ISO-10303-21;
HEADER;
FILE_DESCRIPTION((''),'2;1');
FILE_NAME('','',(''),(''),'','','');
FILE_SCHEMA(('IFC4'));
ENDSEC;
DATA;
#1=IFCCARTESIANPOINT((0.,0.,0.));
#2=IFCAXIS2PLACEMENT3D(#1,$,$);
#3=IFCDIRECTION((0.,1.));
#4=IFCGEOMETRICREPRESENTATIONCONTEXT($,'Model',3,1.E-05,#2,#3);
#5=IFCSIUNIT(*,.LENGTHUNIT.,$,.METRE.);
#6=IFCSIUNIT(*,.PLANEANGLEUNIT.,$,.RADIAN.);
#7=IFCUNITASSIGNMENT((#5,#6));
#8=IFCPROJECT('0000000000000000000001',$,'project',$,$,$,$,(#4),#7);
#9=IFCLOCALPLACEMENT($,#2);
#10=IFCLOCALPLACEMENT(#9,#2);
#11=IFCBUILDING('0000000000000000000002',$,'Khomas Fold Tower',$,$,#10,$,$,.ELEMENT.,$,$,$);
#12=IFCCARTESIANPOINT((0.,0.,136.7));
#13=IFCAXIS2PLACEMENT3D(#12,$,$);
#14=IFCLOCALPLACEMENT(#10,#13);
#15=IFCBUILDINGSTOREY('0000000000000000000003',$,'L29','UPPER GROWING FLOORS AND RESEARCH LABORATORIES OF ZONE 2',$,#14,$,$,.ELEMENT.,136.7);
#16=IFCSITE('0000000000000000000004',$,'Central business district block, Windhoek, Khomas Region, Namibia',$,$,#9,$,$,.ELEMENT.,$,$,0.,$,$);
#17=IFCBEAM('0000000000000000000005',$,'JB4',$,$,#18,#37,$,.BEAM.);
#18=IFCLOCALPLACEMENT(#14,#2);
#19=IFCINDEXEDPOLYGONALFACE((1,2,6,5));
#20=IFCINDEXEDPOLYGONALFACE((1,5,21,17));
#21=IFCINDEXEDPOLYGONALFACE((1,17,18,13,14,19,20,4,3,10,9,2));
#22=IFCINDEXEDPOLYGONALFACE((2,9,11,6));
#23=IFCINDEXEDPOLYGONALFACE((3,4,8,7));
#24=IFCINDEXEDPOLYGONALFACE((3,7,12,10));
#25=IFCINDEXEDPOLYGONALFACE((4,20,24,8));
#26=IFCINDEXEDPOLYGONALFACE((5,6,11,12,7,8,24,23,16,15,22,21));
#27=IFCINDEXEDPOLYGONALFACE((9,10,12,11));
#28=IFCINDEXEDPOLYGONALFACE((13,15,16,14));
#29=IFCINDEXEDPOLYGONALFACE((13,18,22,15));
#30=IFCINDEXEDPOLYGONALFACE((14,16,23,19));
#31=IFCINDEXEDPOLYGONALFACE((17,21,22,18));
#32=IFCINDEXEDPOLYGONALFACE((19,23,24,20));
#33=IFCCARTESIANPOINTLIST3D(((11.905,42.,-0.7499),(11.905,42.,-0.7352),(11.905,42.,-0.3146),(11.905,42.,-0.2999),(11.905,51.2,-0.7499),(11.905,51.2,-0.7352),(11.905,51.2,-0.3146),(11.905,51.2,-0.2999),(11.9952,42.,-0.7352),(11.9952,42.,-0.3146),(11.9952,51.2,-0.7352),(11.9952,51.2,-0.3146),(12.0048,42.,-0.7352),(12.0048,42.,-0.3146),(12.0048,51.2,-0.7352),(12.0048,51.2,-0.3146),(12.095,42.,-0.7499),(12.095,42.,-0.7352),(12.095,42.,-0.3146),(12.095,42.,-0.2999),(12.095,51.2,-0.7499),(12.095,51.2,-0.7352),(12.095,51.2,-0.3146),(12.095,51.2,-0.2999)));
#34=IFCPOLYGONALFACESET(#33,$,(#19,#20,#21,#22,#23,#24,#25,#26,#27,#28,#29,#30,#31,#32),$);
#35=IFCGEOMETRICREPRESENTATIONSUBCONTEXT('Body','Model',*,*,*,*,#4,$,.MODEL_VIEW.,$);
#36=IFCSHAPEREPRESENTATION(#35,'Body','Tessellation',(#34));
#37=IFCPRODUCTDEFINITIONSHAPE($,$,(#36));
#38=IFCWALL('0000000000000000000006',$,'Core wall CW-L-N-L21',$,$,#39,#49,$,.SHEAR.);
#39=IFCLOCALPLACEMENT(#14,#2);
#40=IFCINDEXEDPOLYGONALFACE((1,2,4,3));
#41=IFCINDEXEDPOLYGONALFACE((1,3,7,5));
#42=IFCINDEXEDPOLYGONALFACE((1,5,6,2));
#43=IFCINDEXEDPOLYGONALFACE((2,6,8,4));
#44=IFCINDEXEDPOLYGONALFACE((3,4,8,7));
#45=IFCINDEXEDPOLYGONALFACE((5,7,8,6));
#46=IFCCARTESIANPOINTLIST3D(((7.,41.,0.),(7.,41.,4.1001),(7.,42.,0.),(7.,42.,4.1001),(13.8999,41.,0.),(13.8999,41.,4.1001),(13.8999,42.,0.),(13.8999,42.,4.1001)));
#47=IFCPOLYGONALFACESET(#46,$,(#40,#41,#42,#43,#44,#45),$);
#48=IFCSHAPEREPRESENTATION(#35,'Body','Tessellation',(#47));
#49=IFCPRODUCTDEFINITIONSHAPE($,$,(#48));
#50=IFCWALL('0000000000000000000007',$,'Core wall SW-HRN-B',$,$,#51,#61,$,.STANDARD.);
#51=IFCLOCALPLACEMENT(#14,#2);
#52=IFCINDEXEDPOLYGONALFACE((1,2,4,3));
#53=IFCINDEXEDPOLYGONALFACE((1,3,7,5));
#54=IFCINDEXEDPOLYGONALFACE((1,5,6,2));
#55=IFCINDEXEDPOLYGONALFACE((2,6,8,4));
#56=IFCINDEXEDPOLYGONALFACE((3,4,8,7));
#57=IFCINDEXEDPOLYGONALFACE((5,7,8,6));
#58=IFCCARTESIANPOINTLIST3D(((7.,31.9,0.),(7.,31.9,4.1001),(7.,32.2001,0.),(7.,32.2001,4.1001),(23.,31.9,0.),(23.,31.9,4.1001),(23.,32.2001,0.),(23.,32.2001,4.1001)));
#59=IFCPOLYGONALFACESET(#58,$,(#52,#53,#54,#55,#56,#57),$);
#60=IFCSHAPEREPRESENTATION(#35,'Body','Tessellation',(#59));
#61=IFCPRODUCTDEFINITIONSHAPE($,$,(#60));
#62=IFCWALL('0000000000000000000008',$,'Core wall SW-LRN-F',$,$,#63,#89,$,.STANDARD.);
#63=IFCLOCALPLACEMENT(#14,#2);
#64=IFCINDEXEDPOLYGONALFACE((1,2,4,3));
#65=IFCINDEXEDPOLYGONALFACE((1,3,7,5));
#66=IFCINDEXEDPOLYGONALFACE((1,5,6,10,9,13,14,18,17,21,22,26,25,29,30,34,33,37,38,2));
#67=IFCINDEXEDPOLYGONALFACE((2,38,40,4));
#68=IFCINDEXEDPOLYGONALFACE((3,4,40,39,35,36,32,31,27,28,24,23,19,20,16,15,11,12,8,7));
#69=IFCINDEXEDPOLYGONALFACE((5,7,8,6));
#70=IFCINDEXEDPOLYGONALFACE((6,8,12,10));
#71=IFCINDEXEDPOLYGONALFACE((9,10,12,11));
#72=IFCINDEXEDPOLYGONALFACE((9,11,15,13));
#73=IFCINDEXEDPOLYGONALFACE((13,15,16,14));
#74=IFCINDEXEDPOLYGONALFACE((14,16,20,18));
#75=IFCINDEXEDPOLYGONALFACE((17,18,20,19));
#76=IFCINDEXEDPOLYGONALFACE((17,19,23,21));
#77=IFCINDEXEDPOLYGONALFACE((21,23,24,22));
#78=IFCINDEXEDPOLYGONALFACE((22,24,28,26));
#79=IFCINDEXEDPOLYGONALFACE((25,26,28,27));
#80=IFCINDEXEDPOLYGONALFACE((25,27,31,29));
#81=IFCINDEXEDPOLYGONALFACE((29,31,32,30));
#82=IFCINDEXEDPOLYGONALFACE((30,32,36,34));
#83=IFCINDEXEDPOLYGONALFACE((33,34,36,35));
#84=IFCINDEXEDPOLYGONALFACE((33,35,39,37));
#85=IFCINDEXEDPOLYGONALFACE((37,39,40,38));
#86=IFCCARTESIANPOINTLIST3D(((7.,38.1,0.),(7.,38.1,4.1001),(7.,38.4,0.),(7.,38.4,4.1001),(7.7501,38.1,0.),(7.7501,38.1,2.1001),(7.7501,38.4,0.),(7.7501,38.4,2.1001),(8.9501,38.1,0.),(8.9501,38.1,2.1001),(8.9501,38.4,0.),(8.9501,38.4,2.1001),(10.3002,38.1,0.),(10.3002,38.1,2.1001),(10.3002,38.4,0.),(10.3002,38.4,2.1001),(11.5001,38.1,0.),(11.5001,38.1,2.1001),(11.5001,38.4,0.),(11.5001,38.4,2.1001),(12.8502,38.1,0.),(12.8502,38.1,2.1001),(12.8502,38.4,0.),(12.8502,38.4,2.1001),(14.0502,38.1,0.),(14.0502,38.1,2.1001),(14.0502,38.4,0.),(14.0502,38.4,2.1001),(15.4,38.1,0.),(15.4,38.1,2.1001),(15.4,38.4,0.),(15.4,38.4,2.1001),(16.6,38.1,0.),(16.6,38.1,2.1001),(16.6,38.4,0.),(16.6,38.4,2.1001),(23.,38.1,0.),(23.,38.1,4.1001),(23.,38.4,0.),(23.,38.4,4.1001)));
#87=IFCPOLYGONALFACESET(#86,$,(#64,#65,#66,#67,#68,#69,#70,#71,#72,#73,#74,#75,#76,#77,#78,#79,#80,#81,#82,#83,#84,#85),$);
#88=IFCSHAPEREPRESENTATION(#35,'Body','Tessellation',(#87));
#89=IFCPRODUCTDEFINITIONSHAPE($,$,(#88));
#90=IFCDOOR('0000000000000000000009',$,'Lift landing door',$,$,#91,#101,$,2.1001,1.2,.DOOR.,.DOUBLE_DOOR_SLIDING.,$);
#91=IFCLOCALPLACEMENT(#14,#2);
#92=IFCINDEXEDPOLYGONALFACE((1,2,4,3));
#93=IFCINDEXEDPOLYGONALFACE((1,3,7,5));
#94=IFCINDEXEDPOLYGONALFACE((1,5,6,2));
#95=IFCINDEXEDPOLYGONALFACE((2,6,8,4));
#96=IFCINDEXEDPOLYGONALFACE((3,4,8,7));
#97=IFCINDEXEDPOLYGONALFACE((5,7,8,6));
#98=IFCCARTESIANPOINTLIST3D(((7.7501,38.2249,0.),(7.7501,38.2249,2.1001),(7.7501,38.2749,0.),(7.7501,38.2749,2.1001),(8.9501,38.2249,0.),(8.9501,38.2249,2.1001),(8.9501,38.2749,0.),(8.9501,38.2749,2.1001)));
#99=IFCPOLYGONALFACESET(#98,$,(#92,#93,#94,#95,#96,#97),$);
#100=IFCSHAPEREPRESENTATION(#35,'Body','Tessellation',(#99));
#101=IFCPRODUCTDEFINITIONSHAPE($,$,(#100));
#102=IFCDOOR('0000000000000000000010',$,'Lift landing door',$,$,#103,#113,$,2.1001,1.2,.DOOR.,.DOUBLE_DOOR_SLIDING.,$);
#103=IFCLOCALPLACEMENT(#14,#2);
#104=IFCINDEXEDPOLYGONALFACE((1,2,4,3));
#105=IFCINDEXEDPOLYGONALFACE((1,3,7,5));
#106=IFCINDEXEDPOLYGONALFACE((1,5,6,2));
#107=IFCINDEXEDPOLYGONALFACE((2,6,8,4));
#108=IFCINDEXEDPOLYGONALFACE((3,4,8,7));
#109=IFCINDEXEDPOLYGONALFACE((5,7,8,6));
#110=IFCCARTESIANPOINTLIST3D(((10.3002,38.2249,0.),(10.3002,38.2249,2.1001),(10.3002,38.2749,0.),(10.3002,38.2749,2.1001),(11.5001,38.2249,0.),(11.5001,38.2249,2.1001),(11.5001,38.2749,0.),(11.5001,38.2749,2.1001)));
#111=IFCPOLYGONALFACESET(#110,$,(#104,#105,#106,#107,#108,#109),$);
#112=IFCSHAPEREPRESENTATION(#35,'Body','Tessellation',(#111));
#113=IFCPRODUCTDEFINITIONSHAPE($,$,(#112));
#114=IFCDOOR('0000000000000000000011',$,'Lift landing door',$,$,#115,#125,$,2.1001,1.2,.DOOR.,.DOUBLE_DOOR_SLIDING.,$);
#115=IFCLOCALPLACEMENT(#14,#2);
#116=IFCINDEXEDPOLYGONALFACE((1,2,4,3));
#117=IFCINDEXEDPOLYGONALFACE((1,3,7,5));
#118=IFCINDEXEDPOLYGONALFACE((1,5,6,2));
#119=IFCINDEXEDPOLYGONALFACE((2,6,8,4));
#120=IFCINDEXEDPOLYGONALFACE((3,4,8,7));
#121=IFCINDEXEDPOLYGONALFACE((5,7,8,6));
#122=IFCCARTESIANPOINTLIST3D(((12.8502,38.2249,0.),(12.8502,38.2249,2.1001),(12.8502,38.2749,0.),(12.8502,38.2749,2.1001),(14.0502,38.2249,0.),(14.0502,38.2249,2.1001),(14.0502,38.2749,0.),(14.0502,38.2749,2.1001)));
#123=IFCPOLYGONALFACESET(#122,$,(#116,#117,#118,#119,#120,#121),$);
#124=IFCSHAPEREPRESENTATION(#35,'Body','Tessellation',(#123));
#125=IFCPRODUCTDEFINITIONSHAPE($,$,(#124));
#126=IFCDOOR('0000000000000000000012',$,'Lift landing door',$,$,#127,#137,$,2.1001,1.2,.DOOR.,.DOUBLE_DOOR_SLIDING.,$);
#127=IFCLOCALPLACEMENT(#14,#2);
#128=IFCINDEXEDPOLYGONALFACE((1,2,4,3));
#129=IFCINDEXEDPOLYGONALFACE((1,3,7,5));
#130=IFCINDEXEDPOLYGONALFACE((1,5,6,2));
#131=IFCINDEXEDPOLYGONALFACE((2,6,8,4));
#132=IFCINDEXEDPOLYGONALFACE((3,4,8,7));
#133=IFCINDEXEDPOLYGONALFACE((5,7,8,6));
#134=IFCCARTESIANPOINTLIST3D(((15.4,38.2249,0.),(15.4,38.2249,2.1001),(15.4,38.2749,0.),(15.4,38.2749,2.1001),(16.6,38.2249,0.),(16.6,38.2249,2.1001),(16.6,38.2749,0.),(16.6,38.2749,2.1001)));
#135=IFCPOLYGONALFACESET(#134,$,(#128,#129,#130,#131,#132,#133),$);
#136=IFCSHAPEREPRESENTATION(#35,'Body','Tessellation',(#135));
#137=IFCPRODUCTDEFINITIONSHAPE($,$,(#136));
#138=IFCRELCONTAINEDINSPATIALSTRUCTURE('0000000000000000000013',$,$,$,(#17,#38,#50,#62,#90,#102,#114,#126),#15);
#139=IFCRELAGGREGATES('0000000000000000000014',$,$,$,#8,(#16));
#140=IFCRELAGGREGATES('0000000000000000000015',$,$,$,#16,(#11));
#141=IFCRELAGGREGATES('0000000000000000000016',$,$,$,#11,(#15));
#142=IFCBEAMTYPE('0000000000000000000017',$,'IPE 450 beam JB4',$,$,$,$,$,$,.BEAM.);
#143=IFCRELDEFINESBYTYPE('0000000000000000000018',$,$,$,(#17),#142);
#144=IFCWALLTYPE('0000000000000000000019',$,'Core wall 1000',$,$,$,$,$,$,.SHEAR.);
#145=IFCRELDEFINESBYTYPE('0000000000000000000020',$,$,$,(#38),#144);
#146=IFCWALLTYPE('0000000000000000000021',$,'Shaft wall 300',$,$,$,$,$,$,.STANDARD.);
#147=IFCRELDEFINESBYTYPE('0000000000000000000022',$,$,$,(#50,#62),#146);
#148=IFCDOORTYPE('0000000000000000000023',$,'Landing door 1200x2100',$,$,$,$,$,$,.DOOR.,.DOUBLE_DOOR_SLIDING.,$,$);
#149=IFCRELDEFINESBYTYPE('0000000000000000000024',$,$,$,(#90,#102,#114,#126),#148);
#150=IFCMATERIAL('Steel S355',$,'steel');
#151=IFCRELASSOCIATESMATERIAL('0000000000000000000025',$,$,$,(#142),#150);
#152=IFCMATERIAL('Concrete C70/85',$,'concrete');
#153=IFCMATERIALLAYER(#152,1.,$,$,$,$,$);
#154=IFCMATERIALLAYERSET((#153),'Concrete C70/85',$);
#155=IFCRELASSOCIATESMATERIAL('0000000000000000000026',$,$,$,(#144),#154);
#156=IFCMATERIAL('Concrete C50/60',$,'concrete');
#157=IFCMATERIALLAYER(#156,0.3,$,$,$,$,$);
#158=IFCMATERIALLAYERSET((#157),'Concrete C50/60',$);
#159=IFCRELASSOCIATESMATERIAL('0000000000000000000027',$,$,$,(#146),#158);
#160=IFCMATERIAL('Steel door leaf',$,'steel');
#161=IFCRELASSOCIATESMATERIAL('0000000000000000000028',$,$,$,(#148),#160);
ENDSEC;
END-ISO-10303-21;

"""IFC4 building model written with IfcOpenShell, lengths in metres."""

from ifc_helpers import new_model, si_unit, direction, frame, frame_2d, origin, origin_2d, place, context, subcontext, project, spatial, rectangle, i_section, extrude, source, transform, mapped, material, layer, layer_set, material_profile, profile_set, type_object, element, fill, save


model = new_model("IFC4")

# Units and contexts
model_context = context("Model", 3, precision=1e-05, world=origin(), true_north=direction((0.0, 1.0)))
body_context = subcontext(model_context, "Body", "Model", "MODEL_VIEW")
ifc_project = project(units=[si_unit("LENGTHUNIT", "METRE"), si_unit("PLANEANGLEUNIT", "RADIAN")], contexts=[model_context])

# Site, building, storey
site_placement = place(None, origin())
site = spatial("IfcSite", under=ifc_project, at=site_placement, Name="Central business district block, Windhoek, Khomas Region, Namibia", CompositionType="ELEMENT", RefElevation=0.0)
building_placement = place(site_placement, origin())
building = spatial("IfcBuilding", under=site, at=building_placement, Name="Khomas Fold Tower", CompositionType="ELEMENT")
storey_placement = place(building_placement, frame((0.0, 0.0, 136.7)))
storey = spatial("IfcBuildingStorey", under=building, at=storey_placement, Name="L29", Description="UPPER GROWING FLOORS AND RESEARCH LABORATORIES OF ZONE 2", CompositionType="ELEMENT", Elevation=136.7)

# Beam
ifc_material_1 = material(Name="Steel S355", Category="steel")
ifc_material_profile = material_profile(ifc_material_1, i_section(OverallWidth=0.1899, OverallDepth=0.45, WebThickness=0.0095, FlangeThickness=0.0146, at=origin_2d()), Name="IPE 450")
ifc_profile_set = profile_set([ifc_material_profile], Name="Steel S355")
beam_type = type_object("IfcBeamType", Name="IPE 450 beam JB4", PredefinedType="BEAM", material=ifc_profile_set)
shared_shape_1 = source(origin(), body_context, "Body", "SweptSolid", [
    extrude(i_section(OverallWidth=0.1899, OverallDepth=0.45, WebThickness=0.0095, FlangeThickness=0.0146, at=origin_2d()), origin(), (0.0, 0.0, 1.0), 9.2),
])
beam_placement = place(storey_placement, frame((12.0, 42.0, -0.5249), z_axis=(0.0, 1.0, 0.0), x_axis=(-1.0, 0.0, 0.0)))
element("IfcBeam", 1, at=beam_placement, inside=storey, type_object=beam_type, Name="JB4", PredefinedType="BEAM", context=body_context, shape_type="MappedRepresentation", body=[
    mapped(shared_shape_1, transform((0.0, 0.0, 0.0))),
])

# Walls
ifc_material_2 = material(Name="Concrete C70/85", Category="concrete")
ifc_layer_1 = layer(ifc_material_2, 1.0)
ifc_layer_set_1 = layer_set([ifc_layer_1], Name="Concrete C70/85")
wall_type_1 = type_object("IfcWallType", Name="Core wall 1000", PredefinedType="SHEAR", material=ifc_layer_set_1)
shared_shape_2 = source(origin(), body_context, "Body", "SweptSolid", [
    extrude(rectangle(XDim=6.8999, YDim=1.0, at=frame_2d((3.45, 0.0))), origin(), (0.0, 0.0, 1.0), 4.1001),
])
wall_1_placement = place(storey_placement, frame((7.0, 41.5, 0.0), z_axis=(0.0, 0.0, 1.0), x_axis=(1.0, 0.0, 0.0)))
element("IfcWall", 2, at=wall_1_placement, inside=storey, type_object=wall_type_1, Name="Core wall CW-L-N-L21", PredefinedType="SHEAR", context=body_context, shape_type="MappedRepresentation", body=[
    mapped(shared_shape_2, transform((0.0, 0.0, 0.0))),
])
ifc_material_3 = material(Name="Concrete C50/60", Category="concrete")
ifc_layer_2 = layer(ifc_material_3, 0.3)
ifc_layer_set_2 = layer_set([ifc_layer_2], Name="Concrete C50/60")
wall_type_2 = type_object("IfcWallType", Name="Shaft wall 300", PredefinedType="STANDARD", material=ifc_layer_set_2)
shared_shape_3 = source(origin(), body_context, "Body", "SweptSolid", [
    extrude(rectangle(XDim=16.0, YDim=0.3, at=frame_2d((8.0, 0.0))), origin(), (0.0, 0.0, 1.0), 4.1001),
])
wall_2_placement = place(storey_placement, frame((7.0, 32.05, 0.0), z_axis=(0.0, 0.0, 1.0), x_axis=(1.0, 0.0, 0.0)))
element("IfcWall", 3, at=wall_2_placement, inside=storey, type_object=wall_type_2, Name="Core wall SW-HRN-B", PredefinedType="STANDARD", context=body_context, shape_type="MappedRepresentation", body=[
    mapped(shared_shape_3, transform((0.0, 0.0, 0.0))),
])

# Wall, openings, doors
wall_3_placement = place(storey_placement, frame((7.0, 38.25, 0.0), z_axis=(0.0, 0.0, 1.0), x_axis=(1.0, 0.0, 0.0)))
wall_3 = element("IfcWall", 4, at=wall_3_placement, inside=storey, type_object=wall_type_2, Name="Core wall SW-LRN-F", PredefinedType="STANDARD", context=body_context, shape_type="MappedRepresentation", body=[
    mapped(shared_shape_3, transform((0.0, 0.0, 0.0))),
])
shared_shape_4 = source(origin(), body_context, "Body", "SweptSolid", [
    extrude(rectangle(XDim=1.2, YDim=2.1001, at=frame_2d((0.6001, 1.05))), frame((0.0, 0.1599, 0.0), z_axis=(0.0, -1.0, 0.0), x_axis=(1.0, 0.0, 0.0)), (0.0, 0.0, 1.0), 0.3201),
])
opening_1_placement = place(wall_3_placement, frame((0.75, 0.0, 0.0)))
opening_1 = element("IfcOpeningElement", 5, at=opening_1_placement, cuts=wall_3, PredefinedType="OPENING", context=body_context, shape_type="MappedRepresentation", body=[
    mapped(shared_shape_4, transform((0.0, 0.0, 0.0))),
])
opening_2_placement = place(wall_3_placement, frame((3.3, 0.0, 0.0)))
opening_2 = element("IfcOpeningElement", 6, at=opening_2_placement, cuts=wall_3, PredefinedType="OPENING", context=body_context, shape_type="MappedRepresentation", body=[
    mapped(shared_shape_4, transform((0.0, 0.0, 0.0))),
])
opening_3_placement = place(wall_3_placement, frame((5.8501, 0.0, 0.0)))
opening_3 = element("IfcOpeningElement", 7, at=opening_3_placement, cuts=wall_3, PredefinedType="OPENING", context=body_context, shape_type="MappedRepresentation", body=[
    mapped(shared_shape_4, transform((0.0, 0.0, 0.0))),
])
opening_4_placement = place(wall_3_placement, frame((8.3999, 0.0, 0.0)))
opening_4 = element("IfcOpeningElement", 8, at=opening_4_placement, cuts=wall_3, PredefinedType="OPENING", context=body_context, shape_type="MappedRepresentation", body=[
    mapped(shared_shape_4, transform((0.0, 0.0, 0.0))),
])
ifc_material_4 = material(Name="Steel door leaf", Category="steel")
door_type_1 = type_object("IfcDoorType", Name="Landing door 1200x2100", OperationType="DOUBLE_DOOR_SLIDING", PredefinedType="DOOR", material=ifc_material_4)
shared_shape_5 = source(origin(), body_context, "Body", "SweptSolid", [
    extrude(rectangle(XDim=1.2, YDim=2.1001, at=frame_2d((0.6001, 1.05))), frame((0.0, 0.0249, 0.0), z_axis=(0.0, -1.0, 0.0), x_axis=(1.0, 0.0, 0.0)), (0.0, 0.0, 1.0), 0.05),
])
door_1_placement = place(opening_1_placement, origin())
door_1 = element("IfcDoor", 9, at=door_1_placement, inside=storey, type_object=door_type_1, Name="Lift landing door", OperationType="DOUBLE_DOOR_SLIDING", OverallHeight=2.1001, OverallWidth=1.2, PredefinedType="DOOR", context=body_context, shape_type="MappedRepresentation", body=[
    mapped(shared_shape_5, transform((0.0, 0.0, 0.0))),
])
fill(opening_1, door_1)
door_2_placement = place(opening_2_placement, origin())
door_2 = element("IfcDoor", 10, at=door_2_placement, inside=storey, type_object=door_type_1, Name="Lift landing door", OperationType="DOUBLE_DOOR_SLIDING", OverallHeight=2.1001, OverallWidth=1.2, PredefinedType="DOOR", context=body_context, shape_type="MappedRepresentation", body=[
    mapped(shared_shape_5, transform((0.0, 0.0, 0.0))),
])
fill(opening_2, door_2)
door_3_placement = place(opening_3_placement, origin())
door_3 = element("IfcDoor", 11, at=door_3_placement, inside=storey, type_object=door_type_1, Name="Lift landing door", OperationType="DOUBLE_DOOR_SLIDING", OverallHeight=2.1001, OverallWidth=1.2, PredefinedType="DOOR", context=body_context, shape_type="MappedRepresentation", body=[
    mapped(shared_shape_5, transform((0.0, 0.0, 0.0))),
])
fill(opening_3, door_3)
door_4_placement = place(opening_4_placement, origin())
door_4 = element("IfcDoor", 12, at=door_4_placement, inside=storey, type_object=door_type_1, Name="Lift landing door", OperationType="DOUBLE_DOOR_SLIDING", OverallHeight=2.1001, OverallWidth=1.2, PredefinedType="DOOR", context=body_context, shape_type="MappedRepresentation", body=[
    mapped(shared_shape_5, transform((0.0, 0.0, 0.0))),
])
fill(opening_4, door_4)

save(model, "model.ifc")
